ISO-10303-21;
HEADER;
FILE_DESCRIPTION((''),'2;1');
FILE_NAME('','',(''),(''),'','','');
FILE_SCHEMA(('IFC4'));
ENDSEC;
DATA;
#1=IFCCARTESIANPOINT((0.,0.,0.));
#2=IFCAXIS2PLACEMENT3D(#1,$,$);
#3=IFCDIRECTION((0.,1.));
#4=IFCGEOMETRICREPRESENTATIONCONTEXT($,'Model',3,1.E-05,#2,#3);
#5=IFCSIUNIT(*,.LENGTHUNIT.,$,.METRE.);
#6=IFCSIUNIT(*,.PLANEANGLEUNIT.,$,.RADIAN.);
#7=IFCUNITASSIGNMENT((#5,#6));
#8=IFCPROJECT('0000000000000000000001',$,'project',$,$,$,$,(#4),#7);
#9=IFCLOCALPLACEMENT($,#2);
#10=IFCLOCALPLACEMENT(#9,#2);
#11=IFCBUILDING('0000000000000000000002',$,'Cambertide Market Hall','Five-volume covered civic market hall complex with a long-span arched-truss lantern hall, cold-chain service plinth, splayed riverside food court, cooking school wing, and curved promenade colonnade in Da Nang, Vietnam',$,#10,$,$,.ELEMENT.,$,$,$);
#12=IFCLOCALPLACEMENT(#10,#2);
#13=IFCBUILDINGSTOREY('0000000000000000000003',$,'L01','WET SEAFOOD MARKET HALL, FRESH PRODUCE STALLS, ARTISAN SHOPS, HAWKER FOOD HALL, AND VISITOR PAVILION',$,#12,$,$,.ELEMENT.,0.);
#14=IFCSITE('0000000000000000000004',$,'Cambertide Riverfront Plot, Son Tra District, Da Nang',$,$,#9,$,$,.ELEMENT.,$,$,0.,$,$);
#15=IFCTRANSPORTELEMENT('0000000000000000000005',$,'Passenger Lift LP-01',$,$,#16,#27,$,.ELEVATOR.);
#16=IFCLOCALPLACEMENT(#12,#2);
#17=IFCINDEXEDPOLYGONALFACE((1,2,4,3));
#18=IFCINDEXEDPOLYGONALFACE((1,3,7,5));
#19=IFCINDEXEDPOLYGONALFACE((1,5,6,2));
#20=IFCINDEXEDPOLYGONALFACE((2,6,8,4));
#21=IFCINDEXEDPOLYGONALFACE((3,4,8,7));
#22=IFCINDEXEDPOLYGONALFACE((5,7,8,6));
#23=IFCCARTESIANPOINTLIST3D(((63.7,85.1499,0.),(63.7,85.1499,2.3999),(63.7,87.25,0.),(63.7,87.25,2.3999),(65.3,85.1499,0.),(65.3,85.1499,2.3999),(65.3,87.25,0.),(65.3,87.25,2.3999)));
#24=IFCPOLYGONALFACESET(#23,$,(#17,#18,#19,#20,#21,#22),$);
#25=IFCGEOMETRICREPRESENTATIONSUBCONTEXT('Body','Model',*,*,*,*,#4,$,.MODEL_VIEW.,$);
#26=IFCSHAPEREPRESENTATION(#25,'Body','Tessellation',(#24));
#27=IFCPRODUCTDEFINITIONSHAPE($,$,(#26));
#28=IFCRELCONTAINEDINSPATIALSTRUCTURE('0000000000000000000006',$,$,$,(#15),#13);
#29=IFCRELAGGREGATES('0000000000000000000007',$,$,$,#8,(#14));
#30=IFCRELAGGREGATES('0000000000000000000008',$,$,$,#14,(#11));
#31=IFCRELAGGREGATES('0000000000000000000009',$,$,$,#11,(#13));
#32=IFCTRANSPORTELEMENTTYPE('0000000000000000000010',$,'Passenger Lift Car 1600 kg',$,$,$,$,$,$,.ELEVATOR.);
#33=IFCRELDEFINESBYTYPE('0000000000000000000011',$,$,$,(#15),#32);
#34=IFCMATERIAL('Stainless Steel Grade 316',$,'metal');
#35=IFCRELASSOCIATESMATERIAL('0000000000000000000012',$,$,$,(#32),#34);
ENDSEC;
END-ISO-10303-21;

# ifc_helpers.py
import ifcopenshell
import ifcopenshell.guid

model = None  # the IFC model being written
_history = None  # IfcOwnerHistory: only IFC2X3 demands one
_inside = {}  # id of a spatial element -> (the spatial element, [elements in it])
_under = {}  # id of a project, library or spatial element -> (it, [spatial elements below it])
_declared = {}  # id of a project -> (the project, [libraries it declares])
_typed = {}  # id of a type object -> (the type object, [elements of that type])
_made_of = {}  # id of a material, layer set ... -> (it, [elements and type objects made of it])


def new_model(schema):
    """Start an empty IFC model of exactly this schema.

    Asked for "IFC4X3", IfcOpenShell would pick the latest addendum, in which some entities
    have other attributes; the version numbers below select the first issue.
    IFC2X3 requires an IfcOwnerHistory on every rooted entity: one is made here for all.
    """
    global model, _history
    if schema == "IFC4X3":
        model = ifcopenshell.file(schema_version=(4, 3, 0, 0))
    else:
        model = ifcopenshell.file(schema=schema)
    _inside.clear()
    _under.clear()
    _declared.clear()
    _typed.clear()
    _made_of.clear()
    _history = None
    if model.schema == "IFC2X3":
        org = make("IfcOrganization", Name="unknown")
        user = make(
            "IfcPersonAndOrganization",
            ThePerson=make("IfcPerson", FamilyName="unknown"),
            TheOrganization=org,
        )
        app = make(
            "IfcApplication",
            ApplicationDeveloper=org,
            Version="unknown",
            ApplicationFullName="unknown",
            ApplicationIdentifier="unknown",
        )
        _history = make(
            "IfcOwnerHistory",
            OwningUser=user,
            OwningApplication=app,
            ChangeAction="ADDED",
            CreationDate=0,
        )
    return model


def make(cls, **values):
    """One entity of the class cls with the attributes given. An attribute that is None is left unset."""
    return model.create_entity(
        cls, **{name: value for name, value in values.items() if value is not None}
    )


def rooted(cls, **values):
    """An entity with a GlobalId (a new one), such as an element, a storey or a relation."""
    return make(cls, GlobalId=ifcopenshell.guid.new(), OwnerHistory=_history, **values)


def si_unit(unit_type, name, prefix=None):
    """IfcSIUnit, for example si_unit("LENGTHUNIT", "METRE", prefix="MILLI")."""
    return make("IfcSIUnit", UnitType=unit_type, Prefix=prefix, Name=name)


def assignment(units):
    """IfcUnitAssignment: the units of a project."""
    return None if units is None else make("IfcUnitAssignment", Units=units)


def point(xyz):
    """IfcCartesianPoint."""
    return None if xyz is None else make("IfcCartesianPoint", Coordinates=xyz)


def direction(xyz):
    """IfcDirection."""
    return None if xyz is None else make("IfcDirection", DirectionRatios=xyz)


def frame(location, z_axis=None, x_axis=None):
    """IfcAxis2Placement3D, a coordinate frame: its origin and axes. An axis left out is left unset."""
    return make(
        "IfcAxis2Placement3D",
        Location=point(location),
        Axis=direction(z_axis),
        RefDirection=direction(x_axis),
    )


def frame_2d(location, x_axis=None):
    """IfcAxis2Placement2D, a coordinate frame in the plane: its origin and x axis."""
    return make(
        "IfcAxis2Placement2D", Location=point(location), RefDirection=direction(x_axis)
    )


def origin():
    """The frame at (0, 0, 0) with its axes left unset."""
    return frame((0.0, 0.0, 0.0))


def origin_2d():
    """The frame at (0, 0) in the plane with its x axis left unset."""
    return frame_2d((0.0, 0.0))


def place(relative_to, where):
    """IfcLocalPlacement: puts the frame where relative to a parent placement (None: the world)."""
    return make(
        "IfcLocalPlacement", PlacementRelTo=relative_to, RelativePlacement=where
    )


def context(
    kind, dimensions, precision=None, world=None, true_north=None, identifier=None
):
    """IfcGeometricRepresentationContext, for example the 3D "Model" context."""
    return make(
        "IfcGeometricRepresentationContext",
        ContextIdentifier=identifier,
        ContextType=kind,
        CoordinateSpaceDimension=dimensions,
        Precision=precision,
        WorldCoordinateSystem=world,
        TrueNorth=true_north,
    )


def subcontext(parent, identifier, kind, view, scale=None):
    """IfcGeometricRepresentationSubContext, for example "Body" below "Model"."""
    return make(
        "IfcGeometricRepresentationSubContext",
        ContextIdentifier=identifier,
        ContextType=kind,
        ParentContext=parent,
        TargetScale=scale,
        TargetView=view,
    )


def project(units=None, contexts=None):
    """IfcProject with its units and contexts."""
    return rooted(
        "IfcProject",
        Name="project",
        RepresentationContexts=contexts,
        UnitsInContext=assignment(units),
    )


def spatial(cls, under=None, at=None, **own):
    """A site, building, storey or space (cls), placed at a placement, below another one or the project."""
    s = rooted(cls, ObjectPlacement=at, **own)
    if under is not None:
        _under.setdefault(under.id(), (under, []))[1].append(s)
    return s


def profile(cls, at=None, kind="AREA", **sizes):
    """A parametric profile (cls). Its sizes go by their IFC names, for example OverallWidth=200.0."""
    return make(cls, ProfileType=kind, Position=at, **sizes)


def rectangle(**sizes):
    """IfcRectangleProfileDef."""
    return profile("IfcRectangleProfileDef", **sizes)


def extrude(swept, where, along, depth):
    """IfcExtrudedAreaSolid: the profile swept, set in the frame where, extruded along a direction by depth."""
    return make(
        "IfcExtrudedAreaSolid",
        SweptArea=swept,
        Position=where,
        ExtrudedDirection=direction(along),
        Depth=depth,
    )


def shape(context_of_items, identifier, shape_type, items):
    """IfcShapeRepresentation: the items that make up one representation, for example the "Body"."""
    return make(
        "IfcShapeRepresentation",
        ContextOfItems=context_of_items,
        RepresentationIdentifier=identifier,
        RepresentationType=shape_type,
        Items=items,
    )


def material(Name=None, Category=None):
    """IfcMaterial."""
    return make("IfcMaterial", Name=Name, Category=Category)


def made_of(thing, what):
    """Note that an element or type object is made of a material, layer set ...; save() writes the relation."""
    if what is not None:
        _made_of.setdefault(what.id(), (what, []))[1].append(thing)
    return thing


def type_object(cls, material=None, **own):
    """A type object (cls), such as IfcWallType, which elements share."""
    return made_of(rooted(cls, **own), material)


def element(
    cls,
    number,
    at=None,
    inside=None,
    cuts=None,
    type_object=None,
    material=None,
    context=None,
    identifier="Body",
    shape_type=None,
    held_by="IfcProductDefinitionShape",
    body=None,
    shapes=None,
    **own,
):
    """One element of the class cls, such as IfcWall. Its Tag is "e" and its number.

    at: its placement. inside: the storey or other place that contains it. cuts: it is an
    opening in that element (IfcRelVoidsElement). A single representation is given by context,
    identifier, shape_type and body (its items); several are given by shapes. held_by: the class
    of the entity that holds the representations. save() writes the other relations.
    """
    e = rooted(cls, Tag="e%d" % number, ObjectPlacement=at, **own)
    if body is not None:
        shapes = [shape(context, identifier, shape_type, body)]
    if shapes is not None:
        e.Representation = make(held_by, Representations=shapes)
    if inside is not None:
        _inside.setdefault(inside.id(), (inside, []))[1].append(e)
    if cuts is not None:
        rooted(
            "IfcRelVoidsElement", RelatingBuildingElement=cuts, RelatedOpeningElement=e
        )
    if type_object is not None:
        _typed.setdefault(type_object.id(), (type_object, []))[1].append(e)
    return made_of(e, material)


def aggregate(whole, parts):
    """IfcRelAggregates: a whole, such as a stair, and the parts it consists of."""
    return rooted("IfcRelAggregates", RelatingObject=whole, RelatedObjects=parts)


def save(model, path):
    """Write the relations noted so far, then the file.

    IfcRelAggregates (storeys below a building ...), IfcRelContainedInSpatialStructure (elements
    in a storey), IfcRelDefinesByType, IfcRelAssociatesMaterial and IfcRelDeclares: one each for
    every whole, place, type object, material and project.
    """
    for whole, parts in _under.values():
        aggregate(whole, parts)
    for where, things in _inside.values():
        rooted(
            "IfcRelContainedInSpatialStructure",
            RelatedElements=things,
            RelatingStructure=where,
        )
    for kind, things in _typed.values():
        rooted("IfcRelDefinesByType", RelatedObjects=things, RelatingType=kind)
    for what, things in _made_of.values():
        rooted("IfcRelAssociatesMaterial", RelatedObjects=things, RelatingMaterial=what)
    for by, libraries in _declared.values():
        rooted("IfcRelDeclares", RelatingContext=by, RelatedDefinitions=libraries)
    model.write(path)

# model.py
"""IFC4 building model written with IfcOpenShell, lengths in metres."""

from ifc_helpers import new_model, si_unit, direction, frame, origin, origin_2d, place, context, subcontext, project, spatial, rectangle, extrude, material, type_object, element, save


model = new_model("IFC4")

# Units and contexts
model_context = context("Model", 3, precision=1e-05, world=origin(), true_north=direction((0.0, 1.0)))
body_context = subcontext(model_context, "Body", "Model", "MODEL_VIEW")
ifc_project = project(units=[si_unit("LENGTHUNIT", "METRE"), si_unit("PLANEANGLEUNIT", "RADIAN")], contexts=[model_context])

# Site, building, storey
site_placement = place(None, origin())
site = spatial("IfcSite", under=ifc_project, at=site_placement, Name="Cambertide Riverfront Plot, Son Tra District, Da Nang", CompositionType="ELEMENT", RefElevation=0.0)
building_placement = place(site_placement, origin())
building = spatial("IfcBuilding", under=site, at=building_placement, Name="Cambertide Market Hall", Description="Five-volume covered civic market hall complex with a long-span arched-truss lantern hall, cold-chain service plinth, splayed riverside food court, cooking school wing, and curved promenade colonnade in Da Nang, Vietnam", CompositionType="ELEMENT")
storey_placement = place(building_placement, origin())
storey = spatial("IfcBuildingStorey", under=building, at=storey_placement, Name="L01", Description="WET SEAFOOD MARKET HALL, FRESH PRODUCE STALLS, ARTISAN SHOPS, HAWKER FOOD HALL, AND VISITOR PAVILION", CompositionType="ELEMENT", Elevation=0.0)

# Transport element
ifc_material_1 = material(Name="Stainless Steel Grade 316", Category="metal")
transport_element_type = type_object("IfcTransportElementType", Name="Passenger Lift Car 1600 kg", PredefinedType="ELEVATOR", material=ifc_material_1)
transport_element_placement = place(storey_placement, frame((64.5, 86.2, 0.0), z_axis=(0.0, 0.0, 1.0), x_axis=(1.0, 0.0, 0.0)))
element("IfcTransportElement", 1, at=transport_element_placement, inside=storey, type_object=transport_element_type, Name="Passenger Lift LP-01", PredefinedType="ELEVATOR", context=body_context, shape_type="SweptSolid", body=[
    extrude(rectangle(XDim=1.6001, YDim=2.1001, at=origin_2d()), origin(), (0.0, 0.0, 1.0), 2.3999),
])

save(model, "model.ifc")
